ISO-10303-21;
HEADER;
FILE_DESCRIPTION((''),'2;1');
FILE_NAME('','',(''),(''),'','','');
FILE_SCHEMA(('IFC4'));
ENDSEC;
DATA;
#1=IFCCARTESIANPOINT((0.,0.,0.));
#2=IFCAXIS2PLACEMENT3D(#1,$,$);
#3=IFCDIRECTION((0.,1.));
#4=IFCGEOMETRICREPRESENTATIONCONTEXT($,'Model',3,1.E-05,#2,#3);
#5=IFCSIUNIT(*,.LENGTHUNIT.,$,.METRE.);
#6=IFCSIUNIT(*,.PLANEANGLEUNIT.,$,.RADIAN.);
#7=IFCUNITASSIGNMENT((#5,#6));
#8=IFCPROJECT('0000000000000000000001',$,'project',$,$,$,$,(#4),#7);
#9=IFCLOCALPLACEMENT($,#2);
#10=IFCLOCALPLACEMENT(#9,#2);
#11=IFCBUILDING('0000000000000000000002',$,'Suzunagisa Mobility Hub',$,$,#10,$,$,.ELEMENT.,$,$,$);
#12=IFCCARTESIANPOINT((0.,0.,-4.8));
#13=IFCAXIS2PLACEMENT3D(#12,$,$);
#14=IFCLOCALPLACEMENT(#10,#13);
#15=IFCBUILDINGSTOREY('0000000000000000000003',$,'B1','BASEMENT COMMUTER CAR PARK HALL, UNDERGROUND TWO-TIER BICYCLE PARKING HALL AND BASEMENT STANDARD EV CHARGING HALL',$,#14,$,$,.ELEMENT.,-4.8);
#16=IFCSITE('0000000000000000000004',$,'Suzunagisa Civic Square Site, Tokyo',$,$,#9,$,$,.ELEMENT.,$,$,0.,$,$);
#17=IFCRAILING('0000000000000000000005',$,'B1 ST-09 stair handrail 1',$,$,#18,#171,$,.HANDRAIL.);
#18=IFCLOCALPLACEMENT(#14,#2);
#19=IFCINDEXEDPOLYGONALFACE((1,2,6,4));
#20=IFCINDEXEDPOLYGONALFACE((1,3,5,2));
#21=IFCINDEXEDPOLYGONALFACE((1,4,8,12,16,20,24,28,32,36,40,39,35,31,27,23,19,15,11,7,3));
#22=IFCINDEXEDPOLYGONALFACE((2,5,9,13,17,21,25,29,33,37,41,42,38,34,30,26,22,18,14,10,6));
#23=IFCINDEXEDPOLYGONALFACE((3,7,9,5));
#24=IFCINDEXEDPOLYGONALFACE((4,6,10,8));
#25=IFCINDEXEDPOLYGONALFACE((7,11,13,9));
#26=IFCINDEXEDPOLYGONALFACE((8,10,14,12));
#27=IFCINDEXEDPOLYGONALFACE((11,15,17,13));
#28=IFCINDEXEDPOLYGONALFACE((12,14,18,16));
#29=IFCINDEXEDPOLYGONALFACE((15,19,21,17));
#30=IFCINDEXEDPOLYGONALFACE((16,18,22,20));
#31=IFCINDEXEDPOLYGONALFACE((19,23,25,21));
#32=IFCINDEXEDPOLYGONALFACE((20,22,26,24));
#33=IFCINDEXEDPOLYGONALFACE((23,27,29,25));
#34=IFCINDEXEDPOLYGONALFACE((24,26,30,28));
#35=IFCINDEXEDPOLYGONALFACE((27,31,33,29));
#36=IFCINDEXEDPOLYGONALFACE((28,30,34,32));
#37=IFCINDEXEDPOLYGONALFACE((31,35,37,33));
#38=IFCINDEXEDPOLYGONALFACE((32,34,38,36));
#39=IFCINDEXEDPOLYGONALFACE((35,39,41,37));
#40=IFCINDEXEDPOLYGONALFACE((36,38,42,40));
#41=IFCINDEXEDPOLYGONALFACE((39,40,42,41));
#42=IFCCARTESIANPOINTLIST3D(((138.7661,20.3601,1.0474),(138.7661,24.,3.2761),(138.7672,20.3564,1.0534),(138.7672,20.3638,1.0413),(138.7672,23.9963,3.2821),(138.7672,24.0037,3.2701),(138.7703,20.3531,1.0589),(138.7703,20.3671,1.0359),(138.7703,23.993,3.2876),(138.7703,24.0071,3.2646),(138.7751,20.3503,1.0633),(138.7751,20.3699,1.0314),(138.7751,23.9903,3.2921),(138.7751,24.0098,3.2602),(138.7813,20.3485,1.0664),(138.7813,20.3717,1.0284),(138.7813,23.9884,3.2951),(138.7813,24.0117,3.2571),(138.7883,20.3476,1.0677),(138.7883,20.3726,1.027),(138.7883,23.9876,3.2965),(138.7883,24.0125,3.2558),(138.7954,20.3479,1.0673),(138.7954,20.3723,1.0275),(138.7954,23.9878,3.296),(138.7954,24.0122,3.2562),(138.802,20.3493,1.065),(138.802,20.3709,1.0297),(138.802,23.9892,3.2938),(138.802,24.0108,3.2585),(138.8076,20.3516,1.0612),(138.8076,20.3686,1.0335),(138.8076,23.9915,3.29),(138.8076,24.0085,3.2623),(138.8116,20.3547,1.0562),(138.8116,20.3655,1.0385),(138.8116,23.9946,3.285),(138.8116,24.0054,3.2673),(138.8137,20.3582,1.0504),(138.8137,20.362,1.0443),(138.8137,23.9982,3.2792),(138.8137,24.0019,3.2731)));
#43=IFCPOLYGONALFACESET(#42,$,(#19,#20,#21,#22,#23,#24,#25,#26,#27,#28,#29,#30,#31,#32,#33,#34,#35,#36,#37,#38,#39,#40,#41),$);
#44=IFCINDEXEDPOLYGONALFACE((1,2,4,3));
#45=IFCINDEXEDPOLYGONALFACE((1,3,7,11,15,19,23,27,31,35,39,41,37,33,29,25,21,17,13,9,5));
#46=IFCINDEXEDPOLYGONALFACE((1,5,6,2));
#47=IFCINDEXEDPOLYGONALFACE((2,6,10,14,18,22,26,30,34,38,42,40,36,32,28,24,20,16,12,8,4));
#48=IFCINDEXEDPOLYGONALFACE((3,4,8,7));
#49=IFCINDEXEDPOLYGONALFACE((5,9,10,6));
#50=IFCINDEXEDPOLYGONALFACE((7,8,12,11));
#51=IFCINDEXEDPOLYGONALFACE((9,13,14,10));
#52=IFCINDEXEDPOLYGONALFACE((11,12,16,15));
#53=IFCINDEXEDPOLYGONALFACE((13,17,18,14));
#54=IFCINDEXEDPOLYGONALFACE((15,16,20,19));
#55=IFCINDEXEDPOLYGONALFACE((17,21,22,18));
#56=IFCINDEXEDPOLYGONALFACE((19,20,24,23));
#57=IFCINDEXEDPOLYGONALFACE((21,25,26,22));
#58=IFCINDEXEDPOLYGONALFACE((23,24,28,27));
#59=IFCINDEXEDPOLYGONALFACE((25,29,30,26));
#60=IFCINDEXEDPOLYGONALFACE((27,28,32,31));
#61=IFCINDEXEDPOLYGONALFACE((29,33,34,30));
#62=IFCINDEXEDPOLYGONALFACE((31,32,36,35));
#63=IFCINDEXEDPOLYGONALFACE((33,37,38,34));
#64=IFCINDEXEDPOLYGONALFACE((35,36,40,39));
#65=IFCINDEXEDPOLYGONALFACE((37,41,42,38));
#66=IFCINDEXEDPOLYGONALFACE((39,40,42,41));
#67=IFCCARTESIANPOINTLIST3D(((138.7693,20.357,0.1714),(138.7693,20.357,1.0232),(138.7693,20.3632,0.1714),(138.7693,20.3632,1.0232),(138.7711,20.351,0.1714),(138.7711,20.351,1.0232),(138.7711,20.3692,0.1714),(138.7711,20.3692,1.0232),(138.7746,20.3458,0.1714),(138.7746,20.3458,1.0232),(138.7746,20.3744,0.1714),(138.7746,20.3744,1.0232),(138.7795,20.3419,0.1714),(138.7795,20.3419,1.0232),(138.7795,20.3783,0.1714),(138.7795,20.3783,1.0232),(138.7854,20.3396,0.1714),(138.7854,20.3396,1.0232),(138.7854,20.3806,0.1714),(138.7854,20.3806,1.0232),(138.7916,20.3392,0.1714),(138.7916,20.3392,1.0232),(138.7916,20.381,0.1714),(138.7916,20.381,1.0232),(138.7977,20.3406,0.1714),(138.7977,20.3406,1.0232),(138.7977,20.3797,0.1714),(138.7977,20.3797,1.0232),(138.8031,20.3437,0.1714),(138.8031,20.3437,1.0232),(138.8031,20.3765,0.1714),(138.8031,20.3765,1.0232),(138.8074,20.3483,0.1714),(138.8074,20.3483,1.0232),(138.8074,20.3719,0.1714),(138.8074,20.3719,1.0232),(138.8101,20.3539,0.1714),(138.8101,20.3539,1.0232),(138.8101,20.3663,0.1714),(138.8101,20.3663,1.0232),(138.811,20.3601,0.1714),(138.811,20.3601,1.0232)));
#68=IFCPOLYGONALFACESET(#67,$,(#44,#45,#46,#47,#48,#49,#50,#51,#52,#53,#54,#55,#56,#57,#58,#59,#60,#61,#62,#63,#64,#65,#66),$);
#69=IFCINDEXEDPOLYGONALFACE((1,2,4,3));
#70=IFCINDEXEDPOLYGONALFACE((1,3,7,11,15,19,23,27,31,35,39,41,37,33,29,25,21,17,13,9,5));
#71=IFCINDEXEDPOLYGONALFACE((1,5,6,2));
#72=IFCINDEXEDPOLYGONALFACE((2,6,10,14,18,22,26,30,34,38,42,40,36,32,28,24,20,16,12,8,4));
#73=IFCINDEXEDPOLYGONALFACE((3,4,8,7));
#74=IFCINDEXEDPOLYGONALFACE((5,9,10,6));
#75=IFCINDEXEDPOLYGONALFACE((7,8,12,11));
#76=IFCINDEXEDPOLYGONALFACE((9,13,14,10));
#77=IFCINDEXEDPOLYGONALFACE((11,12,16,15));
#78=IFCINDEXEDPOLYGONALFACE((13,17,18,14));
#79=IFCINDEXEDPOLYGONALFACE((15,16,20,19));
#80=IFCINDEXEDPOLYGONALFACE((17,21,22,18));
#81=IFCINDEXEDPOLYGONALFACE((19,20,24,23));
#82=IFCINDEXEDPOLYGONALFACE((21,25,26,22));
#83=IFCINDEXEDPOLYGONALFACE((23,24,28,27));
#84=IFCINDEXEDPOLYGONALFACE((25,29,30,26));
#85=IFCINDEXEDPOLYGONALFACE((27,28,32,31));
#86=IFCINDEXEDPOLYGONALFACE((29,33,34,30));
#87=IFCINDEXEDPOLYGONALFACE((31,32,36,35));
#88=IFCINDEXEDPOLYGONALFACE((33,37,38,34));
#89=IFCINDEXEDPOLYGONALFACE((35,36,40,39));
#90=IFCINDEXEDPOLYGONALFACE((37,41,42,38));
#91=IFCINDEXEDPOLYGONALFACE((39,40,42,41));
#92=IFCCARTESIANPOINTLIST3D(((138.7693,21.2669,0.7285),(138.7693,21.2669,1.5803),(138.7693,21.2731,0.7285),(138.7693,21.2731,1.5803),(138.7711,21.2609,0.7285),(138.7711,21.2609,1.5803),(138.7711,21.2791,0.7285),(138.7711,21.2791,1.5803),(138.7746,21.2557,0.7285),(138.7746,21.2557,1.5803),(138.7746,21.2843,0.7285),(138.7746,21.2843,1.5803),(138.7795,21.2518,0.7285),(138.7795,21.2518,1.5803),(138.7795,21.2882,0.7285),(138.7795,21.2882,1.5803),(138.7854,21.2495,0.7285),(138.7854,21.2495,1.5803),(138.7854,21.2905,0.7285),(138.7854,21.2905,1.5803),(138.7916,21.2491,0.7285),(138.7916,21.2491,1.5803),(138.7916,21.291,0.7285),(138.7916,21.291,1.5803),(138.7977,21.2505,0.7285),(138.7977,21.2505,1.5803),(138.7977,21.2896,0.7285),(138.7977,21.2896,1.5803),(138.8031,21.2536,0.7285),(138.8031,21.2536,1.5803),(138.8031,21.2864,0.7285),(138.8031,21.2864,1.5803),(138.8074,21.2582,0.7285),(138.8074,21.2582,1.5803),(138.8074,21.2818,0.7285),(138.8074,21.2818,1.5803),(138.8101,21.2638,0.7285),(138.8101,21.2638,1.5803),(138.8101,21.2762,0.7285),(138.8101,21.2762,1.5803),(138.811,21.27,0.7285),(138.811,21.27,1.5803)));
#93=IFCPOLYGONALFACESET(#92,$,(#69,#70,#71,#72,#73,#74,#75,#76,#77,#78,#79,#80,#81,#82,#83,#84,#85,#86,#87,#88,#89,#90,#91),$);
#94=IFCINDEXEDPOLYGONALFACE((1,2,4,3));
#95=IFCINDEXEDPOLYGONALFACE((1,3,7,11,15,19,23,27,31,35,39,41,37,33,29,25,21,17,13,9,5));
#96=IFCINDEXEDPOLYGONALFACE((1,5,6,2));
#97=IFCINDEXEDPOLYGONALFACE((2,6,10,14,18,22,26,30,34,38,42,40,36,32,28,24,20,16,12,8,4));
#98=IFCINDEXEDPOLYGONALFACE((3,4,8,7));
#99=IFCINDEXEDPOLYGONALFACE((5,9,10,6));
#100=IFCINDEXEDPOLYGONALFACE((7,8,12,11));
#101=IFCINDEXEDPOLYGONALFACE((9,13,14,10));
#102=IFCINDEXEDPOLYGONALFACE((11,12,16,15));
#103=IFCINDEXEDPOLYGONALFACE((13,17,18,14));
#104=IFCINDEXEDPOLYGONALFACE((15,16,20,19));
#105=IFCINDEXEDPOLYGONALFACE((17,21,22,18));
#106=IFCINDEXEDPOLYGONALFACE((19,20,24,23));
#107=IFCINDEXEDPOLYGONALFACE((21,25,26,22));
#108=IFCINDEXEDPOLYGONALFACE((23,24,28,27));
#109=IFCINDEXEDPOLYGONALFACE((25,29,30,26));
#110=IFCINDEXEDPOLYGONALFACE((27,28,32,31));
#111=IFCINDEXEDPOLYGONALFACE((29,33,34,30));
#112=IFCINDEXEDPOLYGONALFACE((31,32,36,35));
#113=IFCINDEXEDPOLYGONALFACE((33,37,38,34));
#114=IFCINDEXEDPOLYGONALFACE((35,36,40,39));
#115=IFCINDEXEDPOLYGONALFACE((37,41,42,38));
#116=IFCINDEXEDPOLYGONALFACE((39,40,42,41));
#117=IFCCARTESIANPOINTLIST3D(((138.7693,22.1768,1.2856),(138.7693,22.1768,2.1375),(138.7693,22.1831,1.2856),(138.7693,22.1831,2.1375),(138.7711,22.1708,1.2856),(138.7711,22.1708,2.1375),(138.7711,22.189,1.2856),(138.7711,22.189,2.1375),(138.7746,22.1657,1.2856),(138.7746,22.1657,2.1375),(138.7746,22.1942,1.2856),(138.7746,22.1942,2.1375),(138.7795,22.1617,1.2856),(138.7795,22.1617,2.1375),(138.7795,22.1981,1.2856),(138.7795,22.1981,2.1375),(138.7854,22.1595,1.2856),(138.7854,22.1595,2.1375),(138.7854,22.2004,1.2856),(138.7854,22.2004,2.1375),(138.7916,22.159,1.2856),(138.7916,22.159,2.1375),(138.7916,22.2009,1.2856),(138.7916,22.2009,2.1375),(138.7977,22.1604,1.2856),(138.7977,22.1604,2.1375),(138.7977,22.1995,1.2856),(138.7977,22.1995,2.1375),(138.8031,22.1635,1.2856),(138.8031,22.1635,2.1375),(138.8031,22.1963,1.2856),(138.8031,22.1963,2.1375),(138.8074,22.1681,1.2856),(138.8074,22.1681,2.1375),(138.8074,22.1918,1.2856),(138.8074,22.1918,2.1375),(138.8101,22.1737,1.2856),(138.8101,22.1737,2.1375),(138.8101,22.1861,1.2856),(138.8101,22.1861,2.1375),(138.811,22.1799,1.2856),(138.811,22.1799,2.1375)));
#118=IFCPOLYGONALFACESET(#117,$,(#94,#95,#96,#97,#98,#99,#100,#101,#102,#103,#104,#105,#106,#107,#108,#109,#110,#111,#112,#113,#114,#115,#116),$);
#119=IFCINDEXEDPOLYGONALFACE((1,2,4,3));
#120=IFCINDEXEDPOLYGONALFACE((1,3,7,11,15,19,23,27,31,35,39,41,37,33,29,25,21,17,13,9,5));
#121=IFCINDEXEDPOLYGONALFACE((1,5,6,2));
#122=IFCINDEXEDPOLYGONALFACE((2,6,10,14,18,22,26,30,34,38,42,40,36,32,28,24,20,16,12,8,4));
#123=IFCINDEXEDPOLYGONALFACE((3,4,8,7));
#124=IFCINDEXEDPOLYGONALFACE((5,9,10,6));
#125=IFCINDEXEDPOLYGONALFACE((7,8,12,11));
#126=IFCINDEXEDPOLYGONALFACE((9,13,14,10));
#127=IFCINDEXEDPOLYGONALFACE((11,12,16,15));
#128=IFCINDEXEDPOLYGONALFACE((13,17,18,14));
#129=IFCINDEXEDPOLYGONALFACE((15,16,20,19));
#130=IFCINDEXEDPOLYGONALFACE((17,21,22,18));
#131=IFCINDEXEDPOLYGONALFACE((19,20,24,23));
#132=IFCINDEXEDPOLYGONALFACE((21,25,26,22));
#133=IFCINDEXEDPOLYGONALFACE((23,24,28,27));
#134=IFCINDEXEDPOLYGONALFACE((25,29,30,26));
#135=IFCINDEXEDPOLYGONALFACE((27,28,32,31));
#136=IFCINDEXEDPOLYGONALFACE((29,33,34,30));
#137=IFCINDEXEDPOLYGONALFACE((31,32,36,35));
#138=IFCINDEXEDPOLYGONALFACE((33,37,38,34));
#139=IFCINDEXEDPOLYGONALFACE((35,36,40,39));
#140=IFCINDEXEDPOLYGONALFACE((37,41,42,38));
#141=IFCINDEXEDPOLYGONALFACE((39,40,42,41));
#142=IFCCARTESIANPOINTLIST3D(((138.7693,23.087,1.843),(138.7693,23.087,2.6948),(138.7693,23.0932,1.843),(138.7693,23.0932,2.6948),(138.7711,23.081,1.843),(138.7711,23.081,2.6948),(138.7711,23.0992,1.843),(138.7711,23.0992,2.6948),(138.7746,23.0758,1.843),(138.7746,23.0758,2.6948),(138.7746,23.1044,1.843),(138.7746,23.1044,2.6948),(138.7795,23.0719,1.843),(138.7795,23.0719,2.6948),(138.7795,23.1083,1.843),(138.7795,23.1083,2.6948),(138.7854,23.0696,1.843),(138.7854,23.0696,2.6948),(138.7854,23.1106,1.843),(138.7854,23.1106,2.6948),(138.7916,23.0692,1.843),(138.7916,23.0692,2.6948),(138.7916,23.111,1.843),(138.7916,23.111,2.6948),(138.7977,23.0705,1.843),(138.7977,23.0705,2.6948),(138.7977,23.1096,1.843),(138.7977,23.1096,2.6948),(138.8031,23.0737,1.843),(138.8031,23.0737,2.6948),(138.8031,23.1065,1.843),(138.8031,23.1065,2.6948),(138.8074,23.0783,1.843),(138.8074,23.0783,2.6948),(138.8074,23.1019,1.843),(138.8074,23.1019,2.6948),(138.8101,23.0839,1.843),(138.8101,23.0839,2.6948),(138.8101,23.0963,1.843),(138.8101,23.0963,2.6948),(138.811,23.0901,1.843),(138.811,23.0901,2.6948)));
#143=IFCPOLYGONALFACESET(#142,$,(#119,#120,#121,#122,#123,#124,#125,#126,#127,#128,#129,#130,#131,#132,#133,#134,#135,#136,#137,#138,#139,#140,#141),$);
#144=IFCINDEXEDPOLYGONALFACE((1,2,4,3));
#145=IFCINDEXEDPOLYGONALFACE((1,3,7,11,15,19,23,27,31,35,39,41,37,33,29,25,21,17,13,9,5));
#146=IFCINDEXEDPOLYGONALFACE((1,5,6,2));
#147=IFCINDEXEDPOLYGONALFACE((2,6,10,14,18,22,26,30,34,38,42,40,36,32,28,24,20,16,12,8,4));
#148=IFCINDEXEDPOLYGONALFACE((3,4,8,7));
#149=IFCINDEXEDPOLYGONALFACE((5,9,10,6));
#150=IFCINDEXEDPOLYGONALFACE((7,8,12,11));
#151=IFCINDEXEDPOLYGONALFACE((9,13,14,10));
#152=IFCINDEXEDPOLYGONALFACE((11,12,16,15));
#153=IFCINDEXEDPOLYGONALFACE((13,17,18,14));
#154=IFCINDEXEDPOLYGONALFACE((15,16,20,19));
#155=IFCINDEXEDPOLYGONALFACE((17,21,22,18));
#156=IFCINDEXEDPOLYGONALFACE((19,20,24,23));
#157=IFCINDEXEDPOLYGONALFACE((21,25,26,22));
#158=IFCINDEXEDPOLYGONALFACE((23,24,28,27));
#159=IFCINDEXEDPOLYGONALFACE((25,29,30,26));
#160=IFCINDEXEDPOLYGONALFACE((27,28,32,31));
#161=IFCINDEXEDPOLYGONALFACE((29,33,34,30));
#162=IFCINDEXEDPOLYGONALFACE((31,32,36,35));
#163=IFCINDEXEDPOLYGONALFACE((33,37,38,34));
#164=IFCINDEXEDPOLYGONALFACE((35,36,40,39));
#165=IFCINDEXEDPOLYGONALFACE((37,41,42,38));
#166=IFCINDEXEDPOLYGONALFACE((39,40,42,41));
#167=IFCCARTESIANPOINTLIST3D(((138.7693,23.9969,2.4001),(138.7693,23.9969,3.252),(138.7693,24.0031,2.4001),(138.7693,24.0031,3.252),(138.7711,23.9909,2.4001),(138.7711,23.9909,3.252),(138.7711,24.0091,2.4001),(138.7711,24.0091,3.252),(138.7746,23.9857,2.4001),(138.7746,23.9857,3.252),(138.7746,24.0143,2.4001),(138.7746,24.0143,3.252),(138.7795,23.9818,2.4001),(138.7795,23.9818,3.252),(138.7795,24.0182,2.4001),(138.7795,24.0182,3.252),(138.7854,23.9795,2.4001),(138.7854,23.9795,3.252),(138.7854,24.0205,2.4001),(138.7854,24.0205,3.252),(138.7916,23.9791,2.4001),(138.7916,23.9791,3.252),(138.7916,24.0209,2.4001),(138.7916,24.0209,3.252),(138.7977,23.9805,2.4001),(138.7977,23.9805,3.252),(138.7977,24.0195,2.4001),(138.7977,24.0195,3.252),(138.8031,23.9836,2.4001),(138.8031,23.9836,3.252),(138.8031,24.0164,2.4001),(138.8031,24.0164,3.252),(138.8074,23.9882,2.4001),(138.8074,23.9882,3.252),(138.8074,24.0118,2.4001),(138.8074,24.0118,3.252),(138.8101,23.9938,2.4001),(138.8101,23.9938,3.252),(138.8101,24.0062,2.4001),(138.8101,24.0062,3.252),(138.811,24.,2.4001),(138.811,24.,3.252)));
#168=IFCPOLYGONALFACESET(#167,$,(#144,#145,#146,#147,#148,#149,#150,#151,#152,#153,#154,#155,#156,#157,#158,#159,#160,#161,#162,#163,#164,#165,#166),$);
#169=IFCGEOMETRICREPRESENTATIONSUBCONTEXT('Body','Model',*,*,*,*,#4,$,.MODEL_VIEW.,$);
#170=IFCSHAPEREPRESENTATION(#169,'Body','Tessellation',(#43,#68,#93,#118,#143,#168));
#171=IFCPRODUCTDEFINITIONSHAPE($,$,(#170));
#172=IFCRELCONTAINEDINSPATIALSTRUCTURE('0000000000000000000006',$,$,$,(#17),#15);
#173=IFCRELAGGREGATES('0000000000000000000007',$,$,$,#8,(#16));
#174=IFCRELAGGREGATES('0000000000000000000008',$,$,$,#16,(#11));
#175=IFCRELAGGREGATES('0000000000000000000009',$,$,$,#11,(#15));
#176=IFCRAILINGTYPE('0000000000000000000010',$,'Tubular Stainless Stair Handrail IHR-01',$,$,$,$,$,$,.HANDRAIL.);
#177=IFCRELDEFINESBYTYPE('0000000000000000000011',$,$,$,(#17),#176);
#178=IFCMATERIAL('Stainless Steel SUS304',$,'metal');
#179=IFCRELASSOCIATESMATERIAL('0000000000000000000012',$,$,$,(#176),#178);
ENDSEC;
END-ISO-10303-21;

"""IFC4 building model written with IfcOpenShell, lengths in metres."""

from ifc_helpers import new_model, si_unit, direction, frame, origin, origin_2d, place, context, subcontext, project, spatial, circle, extrude, material, type_object, element, save


model = new_model("IFC4")

# Units and contexts
model_context = context("Model", 3, precision=1e-05, world=origin(), true_north=direction((0.0, 1.0)))
body_context = subcontext(model_context, "Body", "Model", "MODEL_VIEW")
ifc_project = project(units=[si_unit("LENGTHUNIT", "METRE"), si_unit("PLANEANGLEUNIT", "RADIAN")], contexts=[model_context])

# Site, building, storey
site_placement = place(None, origin())
site = spatial("IfcSite", under=ifc_project, at=site_placement, Name="Suzunagisa Civic Square Site, Tokyo", CompositionType="ELEMENT", RefElevation=0.0)
building_placement = place(site_placement, origin())
building = spatial("IfcBuilding", under=site, at=building_placement, Name="Suzunagisa Mobility Hub", CompositionType="ELEMENT")
storey_placement = place(building_placement, frame((0.0, 0.0, -4.8)))
storey = spatial("IfcBuildingStorey", under=building, at=storey_placement, Name="B1", Description="BASEMENT COMMUTER CAR PARK HALL, UNDERGROUND TWO-TIER BICYCLE PARKING HALL AND BASEMENT STANDARD EV CHARGING HALL", CompositionType="ELEMENT", Elevation=-4.8)

# Railing
ifc_material_1 = material(Name="Stainless Steel SUS304", Category="metal")
railing_type_1 = type_object("IfcRailingType", Name="Tubular Stainless Stair Handrail IHR-01", PredefinedType="HANDRAIL", material=ifc_material_1)
railing_1_placement = place(storey_placement, frame((138.79, 20.3601, 0.1714)))
element("IfcRailing", 1, at=railing_1_placement, inside=storey, type_object=railing_type_1, Name="B1 ST-09 stair handrail 1", PredefinedType="HANDRAIL", context=body_context, shape_type="SweptSolid", body=[
    extrude(circle(Radius=0.0239, at=origin_2d()), frame((0.0, 0.0, 0.876), z_axis=(0.0, 0.852825, 0.522197), x_axis=(-1.0, 0.0, 0.0)), (0.0, 0.0, 1.0), 4.2681),
    extrude(circle(Radius=0.021, at=origin_2d()), origin(), (0.0, 0.0, 1.0), 0.8518),
    extrude(circle(Radius=0.021, at=origin_2d()), frame((0.0, 0.9099, 0.5571)), (0.0, 0.0, 1.0), 0.8518),
    extrude(circle(Radius=0.021, at=origin_2d()), frame((0.0, 1.8198, 1.1143)), (0.0, 0.0, 1.0), 0.8518),
    extrude(circle(Radius=0.021, at=origin_2d()), frame((0.0, 2.73, 1.6716)), (0.0, 0.0, 1.0), 0.8518),
    extrude(circle(Radius=0.021, at=origin_2d()), frame((0.0, 3.6399, 2.2288)), (0.0, 0.0, 1.0), 0.8518),
])

save(model, "model.ifc")
